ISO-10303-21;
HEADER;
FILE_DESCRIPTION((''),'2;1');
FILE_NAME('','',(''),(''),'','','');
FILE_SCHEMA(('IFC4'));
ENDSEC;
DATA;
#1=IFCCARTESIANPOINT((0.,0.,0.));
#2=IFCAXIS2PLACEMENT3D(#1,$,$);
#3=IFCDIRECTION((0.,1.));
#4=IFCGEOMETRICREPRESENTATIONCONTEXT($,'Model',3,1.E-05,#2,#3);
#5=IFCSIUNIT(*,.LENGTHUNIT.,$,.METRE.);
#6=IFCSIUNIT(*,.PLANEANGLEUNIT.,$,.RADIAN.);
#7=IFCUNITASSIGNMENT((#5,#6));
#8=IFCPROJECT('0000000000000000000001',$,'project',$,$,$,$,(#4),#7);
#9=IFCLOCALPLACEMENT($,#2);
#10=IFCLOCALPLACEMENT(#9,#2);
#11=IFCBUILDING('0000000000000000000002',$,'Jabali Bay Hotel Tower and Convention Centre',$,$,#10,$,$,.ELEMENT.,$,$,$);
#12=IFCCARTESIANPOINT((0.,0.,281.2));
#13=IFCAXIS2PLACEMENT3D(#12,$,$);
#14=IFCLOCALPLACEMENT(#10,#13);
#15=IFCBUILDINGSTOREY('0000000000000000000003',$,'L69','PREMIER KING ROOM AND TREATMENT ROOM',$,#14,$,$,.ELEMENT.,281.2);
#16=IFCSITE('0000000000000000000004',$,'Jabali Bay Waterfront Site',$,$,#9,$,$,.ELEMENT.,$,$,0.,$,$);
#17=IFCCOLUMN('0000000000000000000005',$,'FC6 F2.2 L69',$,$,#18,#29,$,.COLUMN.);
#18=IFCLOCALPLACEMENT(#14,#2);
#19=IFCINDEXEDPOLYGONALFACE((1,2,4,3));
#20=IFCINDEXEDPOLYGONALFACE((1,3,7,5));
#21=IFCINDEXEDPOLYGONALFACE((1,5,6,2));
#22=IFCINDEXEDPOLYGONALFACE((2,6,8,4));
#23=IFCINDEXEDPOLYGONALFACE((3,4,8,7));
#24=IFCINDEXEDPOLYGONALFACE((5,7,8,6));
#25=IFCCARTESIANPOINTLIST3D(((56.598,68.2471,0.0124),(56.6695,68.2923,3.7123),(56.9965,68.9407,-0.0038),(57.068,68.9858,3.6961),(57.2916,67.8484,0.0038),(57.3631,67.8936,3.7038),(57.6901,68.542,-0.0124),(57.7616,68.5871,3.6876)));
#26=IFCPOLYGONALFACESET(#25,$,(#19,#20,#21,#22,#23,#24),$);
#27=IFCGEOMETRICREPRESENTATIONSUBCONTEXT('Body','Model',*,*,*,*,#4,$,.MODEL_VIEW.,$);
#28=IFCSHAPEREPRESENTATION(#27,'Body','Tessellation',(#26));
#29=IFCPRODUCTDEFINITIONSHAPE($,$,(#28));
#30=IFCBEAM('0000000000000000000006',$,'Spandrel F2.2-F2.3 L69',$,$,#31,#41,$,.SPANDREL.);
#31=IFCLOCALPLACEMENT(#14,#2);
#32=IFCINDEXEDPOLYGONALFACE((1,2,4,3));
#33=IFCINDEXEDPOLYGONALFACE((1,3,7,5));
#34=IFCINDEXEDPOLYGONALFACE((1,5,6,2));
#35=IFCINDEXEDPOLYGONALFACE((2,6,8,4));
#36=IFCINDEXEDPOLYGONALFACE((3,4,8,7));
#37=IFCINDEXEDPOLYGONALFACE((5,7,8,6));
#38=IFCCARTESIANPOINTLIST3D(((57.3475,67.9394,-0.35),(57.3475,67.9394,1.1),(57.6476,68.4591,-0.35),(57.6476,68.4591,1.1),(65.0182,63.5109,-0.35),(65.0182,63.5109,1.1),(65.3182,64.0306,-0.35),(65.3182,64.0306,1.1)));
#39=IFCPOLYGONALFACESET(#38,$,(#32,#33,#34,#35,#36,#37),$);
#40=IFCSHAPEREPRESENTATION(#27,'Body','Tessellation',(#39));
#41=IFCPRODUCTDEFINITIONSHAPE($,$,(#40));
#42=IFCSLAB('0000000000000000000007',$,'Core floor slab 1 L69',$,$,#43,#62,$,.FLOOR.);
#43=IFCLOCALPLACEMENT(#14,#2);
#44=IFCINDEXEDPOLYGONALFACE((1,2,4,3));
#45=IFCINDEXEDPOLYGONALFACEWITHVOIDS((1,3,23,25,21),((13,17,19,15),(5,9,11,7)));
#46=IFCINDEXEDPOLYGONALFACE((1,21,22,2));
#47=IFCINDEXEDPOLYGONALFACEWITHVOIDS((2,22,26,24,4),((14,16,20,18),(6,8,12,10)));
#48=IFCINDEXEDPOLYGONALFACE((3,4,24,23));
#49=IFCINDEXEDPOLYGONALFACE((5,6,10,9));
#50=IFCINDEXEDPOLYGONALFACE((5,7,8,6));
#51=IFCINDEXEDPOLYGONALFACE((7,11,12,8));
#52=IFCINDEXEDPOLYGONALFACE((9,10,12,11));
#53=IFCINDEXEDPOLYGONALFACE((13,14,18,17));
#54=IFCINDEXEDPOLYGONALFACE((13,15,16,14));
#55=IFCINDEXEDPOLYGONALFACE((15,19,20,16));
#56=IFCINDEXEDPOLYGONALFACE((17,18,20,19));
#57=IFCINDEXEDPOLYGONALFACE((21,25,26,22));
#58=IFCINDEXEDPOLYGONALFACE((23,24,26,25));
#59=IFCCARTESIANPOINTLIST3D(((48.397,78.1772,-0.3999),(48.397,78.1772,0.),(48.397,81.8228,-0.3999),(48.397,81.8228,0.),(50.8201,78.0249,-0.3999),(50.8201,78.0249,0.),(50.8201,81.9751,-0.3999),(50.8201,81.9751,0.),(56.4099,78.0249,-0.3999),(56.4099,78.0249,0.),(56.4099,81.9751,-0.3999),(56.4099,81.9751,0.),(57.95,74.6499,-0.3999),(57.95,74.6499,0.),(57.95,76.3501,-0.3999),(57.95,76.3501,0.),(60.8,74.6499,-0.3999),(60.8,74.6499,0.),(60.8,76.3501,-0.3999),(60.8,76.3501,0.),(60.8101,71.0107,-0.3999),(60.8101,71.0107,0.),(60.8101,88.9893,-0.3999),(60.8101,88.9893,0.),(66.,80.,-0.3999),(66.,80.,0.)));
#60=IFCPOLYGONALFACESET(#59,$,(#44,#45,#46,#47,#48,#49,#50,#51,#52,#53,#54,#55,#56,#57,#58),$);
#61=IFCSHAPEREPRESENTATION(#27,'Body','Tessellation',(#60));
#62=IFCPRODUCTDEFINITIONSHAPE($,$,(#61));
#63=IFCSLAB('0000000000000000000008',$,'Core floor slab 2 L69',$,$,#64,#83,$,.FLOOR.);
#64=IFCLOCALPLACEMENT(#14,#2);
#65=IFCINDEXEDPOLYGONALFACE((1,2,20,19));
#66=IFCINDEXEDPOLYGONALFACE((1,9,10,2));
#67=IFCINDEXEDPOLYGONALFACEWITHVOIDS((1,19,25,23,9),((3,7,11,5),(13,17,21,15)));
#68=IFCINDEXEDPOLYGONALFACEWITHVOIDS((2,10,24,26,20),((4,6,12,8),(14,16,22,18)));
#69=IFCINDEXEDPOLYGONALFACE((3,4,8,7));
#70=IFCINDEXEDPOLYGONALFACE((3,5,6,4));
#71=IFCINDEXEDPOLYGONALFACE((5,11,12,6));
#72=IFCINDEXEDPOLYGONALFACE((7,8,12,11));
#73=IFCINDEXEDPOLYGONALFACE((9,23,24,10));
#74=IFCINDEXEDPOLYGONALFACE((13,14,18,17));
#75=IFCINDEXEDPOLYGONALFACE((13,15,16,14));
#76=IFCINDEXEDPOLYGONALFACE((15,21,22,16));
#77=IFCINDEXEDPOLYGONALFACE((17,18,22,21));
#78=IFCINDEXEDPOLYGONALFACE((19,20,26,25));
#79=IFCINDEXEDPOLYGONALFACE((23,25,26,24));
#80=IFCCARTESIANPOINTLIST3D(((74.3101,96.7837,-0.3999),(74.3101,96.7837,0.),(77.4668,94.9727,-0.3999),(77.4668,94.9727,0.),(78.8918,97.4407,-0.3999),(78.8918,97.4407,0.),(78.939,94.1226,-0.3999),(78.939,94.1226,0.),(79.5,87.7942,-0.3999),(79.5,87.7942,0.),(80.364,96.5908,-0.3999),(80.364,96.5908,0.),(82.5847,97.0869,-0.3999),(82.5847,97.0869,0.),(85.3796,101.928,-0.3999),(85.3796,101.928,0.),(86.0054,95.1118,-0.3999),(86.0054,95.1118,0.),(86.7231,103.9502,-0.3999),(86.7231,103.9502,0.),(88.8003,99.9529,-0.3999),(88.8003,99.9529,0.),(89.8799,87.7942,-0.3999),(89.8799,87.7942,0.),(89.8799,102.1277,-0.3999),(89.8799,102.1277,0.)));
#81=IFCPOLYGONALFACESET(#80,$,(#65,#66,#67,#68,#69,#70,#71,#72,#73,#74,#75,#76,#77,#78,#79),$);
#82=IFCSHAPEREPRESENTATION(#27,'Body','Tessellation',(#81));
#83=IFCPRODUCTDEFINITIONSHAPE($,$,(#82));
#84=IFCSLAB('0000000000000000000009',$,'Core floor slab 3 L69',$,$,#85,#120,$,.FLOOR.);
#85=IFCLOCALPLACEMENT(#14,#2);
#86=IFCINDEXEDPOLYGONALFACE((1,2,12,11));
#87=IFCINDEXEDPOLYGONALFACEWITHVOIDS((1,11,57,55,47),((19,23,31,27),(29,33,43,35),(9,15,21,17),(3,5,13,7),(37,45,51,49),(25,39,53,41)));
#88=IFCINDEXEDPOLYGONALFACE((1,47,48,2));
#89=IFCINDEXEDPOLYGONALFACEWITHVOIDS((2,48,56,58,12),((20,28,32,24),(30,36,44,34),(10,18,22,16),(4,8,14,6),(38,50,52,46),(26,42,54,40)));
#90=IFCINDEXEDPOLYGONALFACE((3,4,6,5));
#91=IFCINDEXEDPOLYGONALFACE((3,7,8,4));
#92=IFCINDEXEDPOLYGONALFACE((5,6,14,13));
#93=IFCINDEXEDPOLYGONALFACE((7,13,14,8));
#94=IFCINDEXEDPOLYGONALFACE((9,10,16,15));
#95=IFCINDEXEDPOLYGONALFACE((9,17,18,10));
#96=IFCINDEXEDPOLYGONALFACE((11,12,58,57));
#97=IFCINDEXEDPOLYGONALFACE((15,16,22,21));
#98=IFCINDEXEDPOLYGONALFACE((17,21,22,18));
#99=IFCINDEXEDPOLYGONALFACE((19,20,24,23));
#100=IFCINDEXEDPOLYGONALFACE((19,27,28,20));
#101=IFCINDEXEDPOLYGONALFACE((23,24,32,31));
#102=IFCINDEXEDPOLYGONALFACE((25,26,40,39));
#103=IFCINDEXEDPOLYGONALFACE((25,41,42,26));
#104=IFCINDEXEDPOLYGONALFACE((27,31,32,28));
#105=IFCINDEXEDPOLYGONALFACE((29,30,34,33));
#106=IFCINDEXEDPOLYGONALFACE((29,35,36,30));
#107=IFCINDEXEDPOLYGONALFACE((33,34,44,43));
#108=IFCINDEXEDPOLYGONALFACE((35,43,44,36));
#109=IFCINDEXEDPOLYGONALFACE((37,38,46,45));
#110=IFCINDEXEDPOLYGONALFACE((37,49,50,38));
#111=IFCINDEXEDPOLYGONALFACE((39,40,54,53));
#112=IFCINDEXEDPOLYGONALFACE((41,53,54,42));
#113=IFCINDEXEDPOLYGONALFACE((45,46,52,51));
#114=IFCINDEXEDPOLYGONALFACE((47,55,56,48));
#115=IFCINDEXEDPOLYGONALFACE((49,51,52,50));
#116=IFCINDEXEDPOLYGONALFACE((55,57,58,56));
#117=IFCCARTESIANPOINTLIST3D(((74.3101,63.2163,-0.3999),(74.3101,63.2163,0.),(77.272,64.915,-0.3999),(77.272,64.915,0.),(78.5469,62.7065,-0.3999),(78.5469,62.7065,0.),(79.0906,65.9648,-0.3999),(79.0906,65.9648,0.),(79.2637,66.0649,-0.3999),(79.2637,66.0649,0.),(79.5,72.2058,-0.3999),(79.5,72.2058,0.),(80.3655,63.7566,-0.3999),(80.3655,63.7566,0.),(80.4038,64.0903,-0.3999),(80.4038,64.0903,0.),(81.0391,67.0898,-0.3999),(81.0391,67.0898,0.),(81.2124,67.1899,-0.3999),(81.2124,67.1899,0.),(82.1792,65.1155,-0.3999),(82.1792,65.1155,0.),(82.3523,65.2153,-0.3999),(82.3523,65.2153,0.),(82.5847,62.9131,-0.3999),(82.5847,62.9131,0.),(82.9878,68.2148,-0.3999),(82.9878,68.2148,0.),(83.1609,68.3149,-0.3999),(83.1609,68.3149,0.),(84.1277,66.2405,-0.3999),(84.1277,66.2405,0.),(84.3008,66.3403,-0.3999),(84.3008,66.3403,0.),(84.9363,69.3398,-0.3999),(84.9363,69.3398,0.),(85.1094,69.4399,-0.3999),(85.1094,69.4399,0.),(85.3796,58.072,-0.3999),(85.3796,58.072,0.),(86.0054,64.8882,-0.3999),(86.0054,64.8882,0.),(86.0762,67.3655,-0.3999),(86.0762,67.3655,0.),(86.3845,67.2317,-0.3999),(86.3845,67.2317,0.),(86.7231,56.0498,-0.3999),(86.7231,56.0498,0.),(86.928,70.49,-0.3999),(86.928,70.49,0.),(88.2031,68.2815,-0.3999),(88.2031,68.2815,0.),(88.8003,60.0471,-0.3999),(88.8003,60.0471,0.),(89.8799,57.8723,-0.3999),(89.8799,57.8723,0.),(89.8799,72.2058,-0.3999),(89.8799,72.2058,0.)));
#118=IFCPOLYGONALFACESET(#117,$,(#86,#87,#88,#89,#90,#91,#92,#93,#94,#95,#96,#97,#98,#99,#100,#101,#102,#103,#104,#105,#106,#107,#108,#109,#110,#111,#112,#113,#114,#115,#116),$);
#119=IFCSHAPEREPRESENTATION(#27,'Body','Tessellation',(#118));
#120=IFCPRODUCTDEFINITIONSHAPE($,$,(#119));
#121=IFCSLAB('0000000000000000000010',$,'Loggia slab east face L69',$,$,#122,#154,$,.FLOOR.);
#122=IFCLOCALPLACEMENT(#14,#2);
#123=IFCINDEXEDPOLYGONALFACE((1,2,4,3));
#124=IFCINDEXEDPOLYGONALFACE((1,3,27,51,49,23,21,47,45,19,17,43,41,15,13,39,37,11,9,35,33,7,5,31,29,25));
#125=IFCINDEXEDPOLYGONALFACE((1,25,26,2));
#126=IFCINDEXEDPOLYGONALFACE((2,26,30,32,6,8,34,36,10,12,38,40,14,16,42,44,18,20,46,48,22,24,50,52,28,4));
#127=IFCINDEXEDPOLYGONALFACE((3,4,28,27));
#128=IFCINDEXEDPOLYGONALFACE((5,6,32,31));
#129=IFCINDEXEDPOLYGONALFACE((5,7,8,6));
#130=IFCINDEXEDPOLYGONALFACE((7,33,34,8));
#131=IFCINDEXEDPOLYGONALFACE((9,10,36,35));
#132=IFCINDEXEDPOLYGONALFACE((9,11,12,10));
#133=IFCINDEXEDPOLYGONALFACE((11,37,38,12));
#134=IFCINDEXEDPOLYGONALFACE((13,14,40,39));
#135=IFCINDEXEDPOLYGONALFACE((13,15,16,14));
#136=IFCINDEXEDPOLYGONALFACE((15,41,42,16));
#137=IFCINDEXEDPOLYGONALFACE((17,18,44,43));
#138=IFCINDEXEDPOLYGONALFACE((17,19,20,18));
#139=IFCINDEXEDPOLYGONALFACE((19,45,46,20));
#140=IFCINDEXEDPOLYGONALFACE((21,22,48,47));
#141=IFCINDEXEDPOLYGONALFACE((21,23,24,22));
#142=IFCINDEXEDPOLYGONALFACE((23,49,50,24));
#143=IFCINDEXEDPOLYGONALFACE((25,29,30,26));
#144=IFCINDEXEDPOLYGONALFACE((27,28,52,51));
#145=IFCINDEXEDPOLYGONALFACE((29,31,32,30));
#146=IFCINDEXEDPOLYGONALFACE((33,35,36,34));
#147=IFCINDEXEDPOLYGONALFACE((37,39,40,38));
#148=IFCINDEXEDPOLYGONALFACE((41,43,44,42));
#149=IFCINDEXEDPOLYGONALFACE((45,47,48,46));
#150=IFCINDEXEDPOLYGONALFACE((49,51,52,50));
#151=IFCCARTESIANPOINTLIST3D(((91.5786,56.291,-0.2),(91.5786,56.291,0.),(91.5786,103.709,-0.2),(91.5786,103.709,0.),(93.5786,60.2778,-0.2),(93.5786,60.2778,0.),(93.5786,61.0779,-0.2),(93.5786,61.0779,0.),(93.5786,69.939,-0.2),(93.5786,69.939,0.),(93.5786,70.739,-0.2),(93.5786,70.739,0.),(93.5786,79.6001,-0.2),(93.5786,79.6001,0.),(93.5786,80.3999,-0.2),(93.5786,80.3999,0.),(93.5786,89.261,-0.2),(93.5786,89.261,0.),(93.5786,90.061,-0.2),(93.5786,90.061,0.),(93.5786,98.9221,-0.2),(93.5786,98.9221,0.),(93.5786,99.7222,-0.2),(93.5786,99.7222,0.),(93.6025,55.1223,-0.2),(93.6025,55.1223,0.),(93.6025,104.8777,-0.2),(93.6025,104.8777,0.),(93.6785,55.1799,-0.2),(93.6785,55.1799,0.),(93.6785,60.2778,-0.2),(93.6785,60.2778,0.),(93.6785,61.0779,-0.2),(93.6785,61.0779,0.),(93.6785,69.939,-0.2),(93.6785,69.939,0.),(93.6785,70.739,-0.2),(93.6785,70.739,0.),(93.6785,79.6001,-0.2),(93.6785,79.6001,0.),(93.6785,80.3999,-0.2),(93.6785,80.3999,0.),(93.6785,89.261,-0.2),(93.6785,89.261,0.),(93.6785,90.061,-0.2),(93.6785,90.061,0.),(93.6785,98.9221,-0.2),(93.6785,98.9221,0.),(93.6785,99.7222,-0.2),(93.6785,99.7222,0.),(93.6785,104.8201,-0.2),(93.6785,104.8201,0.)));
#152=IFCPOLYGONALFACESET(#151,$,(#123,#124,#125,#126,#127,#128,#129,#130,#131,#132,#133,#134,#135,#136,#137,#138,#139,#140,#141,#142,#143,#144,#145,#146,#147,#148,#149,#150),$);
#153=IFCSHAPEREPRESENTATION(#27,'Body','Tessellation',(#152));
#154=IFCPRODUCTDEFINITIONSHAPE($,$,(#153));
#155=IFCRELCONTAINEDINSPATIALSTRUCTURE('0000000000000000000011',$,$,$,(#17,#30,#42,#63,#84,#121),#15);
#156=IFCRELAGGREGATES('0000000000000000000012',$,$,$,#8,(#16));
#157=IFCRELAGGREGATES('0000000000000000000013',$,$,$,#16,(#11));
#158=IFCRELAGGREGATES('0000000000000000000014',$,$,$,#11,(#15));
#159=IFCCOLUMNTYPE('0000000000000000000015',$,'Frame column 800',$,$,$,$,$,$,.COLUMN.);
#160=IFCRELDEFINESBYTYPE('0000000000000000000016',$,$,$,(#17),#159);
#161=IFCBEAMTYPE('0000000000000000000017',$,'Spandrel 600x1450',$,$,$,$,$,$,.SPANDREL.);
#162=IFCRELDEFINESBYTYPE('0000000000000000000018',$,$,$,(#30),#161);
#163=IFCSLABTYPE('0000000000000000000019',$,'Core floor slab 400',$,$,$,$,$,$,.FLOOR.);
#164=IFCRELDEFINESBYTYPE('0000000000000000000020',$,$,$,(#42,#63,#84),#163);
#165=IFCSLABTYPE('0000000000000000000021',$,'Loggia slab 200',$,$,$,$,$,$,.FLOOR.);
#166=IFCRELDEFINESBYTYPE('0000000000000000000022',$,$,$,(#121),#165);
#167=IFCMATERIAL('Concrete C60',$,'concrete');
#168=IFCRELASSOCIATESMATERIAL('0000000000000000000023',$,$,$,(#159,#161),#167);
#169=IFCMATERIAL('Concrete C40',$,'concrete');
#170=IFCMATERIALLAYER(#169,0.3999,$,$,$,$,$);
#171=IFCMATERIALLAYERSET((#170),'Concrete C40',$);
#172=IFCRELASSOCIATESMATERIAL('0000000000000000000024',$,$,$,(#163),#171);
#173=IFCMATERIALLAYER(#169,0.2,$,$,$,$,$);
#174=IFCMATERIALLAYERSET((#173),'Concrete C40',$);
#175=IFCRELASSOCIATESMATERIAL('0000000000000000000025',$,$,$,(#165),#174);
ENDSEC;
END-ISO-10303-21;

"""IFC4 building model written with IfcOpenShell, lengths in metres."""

from ifc_helpers import new_model, si_unit, direction, frame, origin, origin_2d, place, context, subcontext, project, spatial, polyline, rectangle, outline, extrude, material, layer, layer_set, material_profile, profile_set, type_object, element, save


model = new_model("IFC4")

# Units and contexts
model_context = context("Model", 3, precision=1e-05, world=origin(), true_north=direction((0.0, 1.0)))
body_context = subcontext(model_context, "Body", "Model", "MODEL_VIEW")
ifc_project = project(units=[si_unit("LENGTHUNIT", "METRE"), si_unit("PLANEANGLEUNIT", "RADIAN")], contexts=[model_context])

# Site, building, storey
site_placement = place(None, origin())
site = spatial("IfcSite", under=ifc_project, at=site_placement, Name="Jabali Bay Waterfront Site", CompositionType="ELEMENT", RefElevation=0.0)
building_placement = place(site_placement, origin())
building = spatial("IfcBuilding", under=site, at=building_placement, Name="Jabali Bay Hotel Tower and Convention Centre", CompositionType="ELEMENT")
storey_placement = place(building_placement, frame((0.0, 0.0, 281.2)))
storey = spatial("IfcBuildingStorey", under=building, at=storey_placement, Name="L69", Description="PREMIER KING ROOM AND TREATMENT ROOM", CompositionType="ELEMENT", Elevation=281.2)

# Column
ifc_material_1 = material(Name="Concrete C60", Category="concrete")
ifc_material_profile_1 = material_profile(ifc_material_1, rectangle(XDim=0.8, YDim=0.8, at=origin_2d()), Name="Frame column 800")
ifc_profile_set_1 = profile_set([ifc_material_profile_1], Name="Concrete C60")
column_type = type_object("IfcColumnType", Name="Frame column 800", PredefinedType="COLUMN", material=ifc_profile_set_1)
column_placement = place(storey_placement, frame((57.144, 68.3945, 0.0), z_axis=(0.019329, 0.012204, 0.999739), x_axis=(-0.866914, 0.498343, 0.010677)))
element("IfcColumn", 1, at=column_placement, inside=storey, type_object=column_type, Name="FC6 F2.2 L69", PredefinedType="COLUMN", context=body_context, shape_type="SweptSolid", body=[
    extrude(rectangle(XDim=0.8, YDim=0.8, at=origin_2d()), origin(), (0.0, 0.0, 1.0), 3.7009),
])

# Beam
ifc_material_profile_2 = material_profile(ifc_material_1, rectangle(XDim=0.6001, YDim=1.45, at=origin_2d()), Name="Spandrel 600x1450")
ifc_profile_set_2 = profile_set([ifc_material_profile_2], Name="Concrete C60")
beam_type = type_object("IfcBeamType", Name="Spandrel 600x1450", PredefinedType="SPANDREL", material=ifc_profile_set_2)
beam_placement = place(storey_placement, frame((57.4976, 68.1992, 0.375), z_axis=(0.866035, -0.499984, 0.0), x_axis=(0.499984, 0.866035, 0.0)))
element("IfcBeam", 2, at=beam_placement, inside=storey, type_object=beam_type, Name="Spandrel F2.2-F2.3 L69", PredefinedType="SPANDREL", context=body_context, shape_type="SweptSolid", body=[
    extrude(rectangle(XDim=0.6001, YDim=1.45, at=origin_2d()), origin(), (0.0, 0.0, 1.0), 8.8572),
])

# Slabs
ifc_material_2 = material(Name="Concrete C40", Category="concrete")
ifc_layer_1 = layer(ifc_material_2, 0.3999)
ifc_layer_set_1 = layer_set([ifc_layer_1], Name="Concrete C40")
slab_type_1 = type_object("IfcSlabType", Name="Core floor slab 400", PredefinedType="FLOOR", material=ifc_layer_set_1)
slab_1_placement = place(storey_placement, frame((0.0, 0.0, -0.3999)))
element("IfcSlab", 3, at=slab_1_placement, inside=storey, type_object=slab_type_1, Name="Core floor slab 1 L69", PredefinedType="FLOOR", context=body_context, shape_type="SweptSolid", body=[
    extrude(outline(polyline([(66.0, 80.0), (60.8101, 88.9893), (48.397, 81.8228), (48.397, 78.1772), (60.8101, 71.0107), (66.0, 80.0)]), holes=[polyline([(60.8, 76.3501), (57.95, 76.3501), (57.95, 74.6499), (60.8, 74.6499), (60.8, 76.3501)]), polyline([(50.8201, 81.9751), (50.8201, 78.0249), (56.4099, 78.0249), (56.4099, 81.9751), (50.8201, 81.9751)])]), origin(), (0.0, 0.0, 1.0), 0.3999),
])
slab_2_placement = place(storey_placement, frame((0.0, 0.0, -0.3999)))
element("IfcSlab", 4, at=slab_2_placement, inside=storey, type_object=slab_type_1, Name="Core floor slab 2 L69", PredefinedType="FLOOR", context=body_context, shape_type="SweptSolid", body=[
    extrude(outline(polyline([(79.5, 87.7942), (89.8799, 87.7942), (89.8799, 102.1277), (86.7231, 103.9502), (74.3101, 96.7837), (79.5, 87.7942)]), holes=[polyline([(78.939, 94.1226), (80.364, 96.5908), (78.8918, 97.4407), (77.4668, 94.9727), (78.939, 94.1226)]), polyline([(88.8003, 99.9529), (85.3796, 101.928), (82.5847, 97.0869), (86.0054, 95.1118), (88.8003, 99.9529)])]), origin(), (0.0, 0.0, 1.0), 0.3999),
])
slab_3_placement = place(storey_placement, frame((0.0, 0.0, -0.3999)))
element("IfcSlab", 5, at=slab_3_placement, inside=storey, type_object=slab_type_1, Name="Core floor slab 3 L69", PredefinedType="FLOOR", context=body_context, shape_type="SweptSolid", body=[
    extrude(outline(polyline([(79.5, 72.2058), (74.3101, 63.2163), (86.7231, 56.0498), (89.8799, 57.8723), (89.8799, 72.2058), (79.5, 72.2058)]), holes=[polyline([(82.5847, 62.9131), (85.3796, 58.072), (88.8003, 60.0471), (86.0054, 64.8882), (82.5847, 62.9131)]), polyline([(80.3655, 63.7566), (79.0906, 65.9648), (77.272, 64.915), (78.5469, 62.7065), (80.3655, 63.7566)]), polyline([(82.1792, 65.1155), (81.0391, 67.0898), (79.2637, 66.0649), (80.4038, 64.0903), (82.1792, 65.1155)]), polyline([(82.9878, 68.2148), (81.2124, 67.1899), (82.3523, 65.2153), (84.1277, 66.2405), (82.9878, 68.2148)]), polyline([(86.0762, 67.3655), (84.9363, 69.3398), (83.1609, 68.3149), (84.3008, 66.3403), (86.0762, 67.3655)]), polyline([(88.2031, 68.2815), (86.928, 70.49), (85.1094, 69.4399), (86.3845, 67.2317), (88.2031, 68.2815)])]), origin(), (0.0, 0.0, 1.0), 0.3999),
])
ifc_layer_2 = layer(ifc_material_2, 0.2)
ifc_layer_set_2 = layer_set([ifc_layer_2], Name="Concrete C40")
slab_type_2 = type_object("IfcSlabType", Name="Loggia slab 200", PredefinedType="FLOOR", material=ifc_layer_set_2)
slab_4_placement = place(storey_placement, frame((0.0, 0.0, -0.2)))
element("IfcSlab", 6, at=slab_4_placement, inside=storey, type_object=slab_type_2, Name="Loggia slab east face L69", PredefinedType="FLOOR", context=body_context, shape_type="SweptSolid", body=[
    extrude(outline(polyline([(91.5786, 103.709), (93.6025, 104.8777), (93.6785, 104.8201), (93.6785, 99.7222), (93.5786, 99.7222), (93.5786, 98.9221), (93.6785, 98.9221), (93.6785, 90.061), (93.5786, 90.061), (93.5786, 89.261), (93.6785, 89.261), (93.6785, 80.3999), (93.5786, 80.3999), (93.5786, 79.6001), (93.6785, 79.6001), (93.6785, 70.739), (93.5786, 70.739), (93.5786, 69.939), (93.6785, 69.939), (93.6785, 61.0779), (93.5786, 61.0779), (93.5786, 60.2778), (93.6785, 60.2778), (93.6785, 55.1799), (93.6025, 55.1223), (91.5786, 56.291), (91.5786, 103.709)])), origin(), (0.0, 0.0, 1.0), 0.2),
])

save(model, "model.ifc")
